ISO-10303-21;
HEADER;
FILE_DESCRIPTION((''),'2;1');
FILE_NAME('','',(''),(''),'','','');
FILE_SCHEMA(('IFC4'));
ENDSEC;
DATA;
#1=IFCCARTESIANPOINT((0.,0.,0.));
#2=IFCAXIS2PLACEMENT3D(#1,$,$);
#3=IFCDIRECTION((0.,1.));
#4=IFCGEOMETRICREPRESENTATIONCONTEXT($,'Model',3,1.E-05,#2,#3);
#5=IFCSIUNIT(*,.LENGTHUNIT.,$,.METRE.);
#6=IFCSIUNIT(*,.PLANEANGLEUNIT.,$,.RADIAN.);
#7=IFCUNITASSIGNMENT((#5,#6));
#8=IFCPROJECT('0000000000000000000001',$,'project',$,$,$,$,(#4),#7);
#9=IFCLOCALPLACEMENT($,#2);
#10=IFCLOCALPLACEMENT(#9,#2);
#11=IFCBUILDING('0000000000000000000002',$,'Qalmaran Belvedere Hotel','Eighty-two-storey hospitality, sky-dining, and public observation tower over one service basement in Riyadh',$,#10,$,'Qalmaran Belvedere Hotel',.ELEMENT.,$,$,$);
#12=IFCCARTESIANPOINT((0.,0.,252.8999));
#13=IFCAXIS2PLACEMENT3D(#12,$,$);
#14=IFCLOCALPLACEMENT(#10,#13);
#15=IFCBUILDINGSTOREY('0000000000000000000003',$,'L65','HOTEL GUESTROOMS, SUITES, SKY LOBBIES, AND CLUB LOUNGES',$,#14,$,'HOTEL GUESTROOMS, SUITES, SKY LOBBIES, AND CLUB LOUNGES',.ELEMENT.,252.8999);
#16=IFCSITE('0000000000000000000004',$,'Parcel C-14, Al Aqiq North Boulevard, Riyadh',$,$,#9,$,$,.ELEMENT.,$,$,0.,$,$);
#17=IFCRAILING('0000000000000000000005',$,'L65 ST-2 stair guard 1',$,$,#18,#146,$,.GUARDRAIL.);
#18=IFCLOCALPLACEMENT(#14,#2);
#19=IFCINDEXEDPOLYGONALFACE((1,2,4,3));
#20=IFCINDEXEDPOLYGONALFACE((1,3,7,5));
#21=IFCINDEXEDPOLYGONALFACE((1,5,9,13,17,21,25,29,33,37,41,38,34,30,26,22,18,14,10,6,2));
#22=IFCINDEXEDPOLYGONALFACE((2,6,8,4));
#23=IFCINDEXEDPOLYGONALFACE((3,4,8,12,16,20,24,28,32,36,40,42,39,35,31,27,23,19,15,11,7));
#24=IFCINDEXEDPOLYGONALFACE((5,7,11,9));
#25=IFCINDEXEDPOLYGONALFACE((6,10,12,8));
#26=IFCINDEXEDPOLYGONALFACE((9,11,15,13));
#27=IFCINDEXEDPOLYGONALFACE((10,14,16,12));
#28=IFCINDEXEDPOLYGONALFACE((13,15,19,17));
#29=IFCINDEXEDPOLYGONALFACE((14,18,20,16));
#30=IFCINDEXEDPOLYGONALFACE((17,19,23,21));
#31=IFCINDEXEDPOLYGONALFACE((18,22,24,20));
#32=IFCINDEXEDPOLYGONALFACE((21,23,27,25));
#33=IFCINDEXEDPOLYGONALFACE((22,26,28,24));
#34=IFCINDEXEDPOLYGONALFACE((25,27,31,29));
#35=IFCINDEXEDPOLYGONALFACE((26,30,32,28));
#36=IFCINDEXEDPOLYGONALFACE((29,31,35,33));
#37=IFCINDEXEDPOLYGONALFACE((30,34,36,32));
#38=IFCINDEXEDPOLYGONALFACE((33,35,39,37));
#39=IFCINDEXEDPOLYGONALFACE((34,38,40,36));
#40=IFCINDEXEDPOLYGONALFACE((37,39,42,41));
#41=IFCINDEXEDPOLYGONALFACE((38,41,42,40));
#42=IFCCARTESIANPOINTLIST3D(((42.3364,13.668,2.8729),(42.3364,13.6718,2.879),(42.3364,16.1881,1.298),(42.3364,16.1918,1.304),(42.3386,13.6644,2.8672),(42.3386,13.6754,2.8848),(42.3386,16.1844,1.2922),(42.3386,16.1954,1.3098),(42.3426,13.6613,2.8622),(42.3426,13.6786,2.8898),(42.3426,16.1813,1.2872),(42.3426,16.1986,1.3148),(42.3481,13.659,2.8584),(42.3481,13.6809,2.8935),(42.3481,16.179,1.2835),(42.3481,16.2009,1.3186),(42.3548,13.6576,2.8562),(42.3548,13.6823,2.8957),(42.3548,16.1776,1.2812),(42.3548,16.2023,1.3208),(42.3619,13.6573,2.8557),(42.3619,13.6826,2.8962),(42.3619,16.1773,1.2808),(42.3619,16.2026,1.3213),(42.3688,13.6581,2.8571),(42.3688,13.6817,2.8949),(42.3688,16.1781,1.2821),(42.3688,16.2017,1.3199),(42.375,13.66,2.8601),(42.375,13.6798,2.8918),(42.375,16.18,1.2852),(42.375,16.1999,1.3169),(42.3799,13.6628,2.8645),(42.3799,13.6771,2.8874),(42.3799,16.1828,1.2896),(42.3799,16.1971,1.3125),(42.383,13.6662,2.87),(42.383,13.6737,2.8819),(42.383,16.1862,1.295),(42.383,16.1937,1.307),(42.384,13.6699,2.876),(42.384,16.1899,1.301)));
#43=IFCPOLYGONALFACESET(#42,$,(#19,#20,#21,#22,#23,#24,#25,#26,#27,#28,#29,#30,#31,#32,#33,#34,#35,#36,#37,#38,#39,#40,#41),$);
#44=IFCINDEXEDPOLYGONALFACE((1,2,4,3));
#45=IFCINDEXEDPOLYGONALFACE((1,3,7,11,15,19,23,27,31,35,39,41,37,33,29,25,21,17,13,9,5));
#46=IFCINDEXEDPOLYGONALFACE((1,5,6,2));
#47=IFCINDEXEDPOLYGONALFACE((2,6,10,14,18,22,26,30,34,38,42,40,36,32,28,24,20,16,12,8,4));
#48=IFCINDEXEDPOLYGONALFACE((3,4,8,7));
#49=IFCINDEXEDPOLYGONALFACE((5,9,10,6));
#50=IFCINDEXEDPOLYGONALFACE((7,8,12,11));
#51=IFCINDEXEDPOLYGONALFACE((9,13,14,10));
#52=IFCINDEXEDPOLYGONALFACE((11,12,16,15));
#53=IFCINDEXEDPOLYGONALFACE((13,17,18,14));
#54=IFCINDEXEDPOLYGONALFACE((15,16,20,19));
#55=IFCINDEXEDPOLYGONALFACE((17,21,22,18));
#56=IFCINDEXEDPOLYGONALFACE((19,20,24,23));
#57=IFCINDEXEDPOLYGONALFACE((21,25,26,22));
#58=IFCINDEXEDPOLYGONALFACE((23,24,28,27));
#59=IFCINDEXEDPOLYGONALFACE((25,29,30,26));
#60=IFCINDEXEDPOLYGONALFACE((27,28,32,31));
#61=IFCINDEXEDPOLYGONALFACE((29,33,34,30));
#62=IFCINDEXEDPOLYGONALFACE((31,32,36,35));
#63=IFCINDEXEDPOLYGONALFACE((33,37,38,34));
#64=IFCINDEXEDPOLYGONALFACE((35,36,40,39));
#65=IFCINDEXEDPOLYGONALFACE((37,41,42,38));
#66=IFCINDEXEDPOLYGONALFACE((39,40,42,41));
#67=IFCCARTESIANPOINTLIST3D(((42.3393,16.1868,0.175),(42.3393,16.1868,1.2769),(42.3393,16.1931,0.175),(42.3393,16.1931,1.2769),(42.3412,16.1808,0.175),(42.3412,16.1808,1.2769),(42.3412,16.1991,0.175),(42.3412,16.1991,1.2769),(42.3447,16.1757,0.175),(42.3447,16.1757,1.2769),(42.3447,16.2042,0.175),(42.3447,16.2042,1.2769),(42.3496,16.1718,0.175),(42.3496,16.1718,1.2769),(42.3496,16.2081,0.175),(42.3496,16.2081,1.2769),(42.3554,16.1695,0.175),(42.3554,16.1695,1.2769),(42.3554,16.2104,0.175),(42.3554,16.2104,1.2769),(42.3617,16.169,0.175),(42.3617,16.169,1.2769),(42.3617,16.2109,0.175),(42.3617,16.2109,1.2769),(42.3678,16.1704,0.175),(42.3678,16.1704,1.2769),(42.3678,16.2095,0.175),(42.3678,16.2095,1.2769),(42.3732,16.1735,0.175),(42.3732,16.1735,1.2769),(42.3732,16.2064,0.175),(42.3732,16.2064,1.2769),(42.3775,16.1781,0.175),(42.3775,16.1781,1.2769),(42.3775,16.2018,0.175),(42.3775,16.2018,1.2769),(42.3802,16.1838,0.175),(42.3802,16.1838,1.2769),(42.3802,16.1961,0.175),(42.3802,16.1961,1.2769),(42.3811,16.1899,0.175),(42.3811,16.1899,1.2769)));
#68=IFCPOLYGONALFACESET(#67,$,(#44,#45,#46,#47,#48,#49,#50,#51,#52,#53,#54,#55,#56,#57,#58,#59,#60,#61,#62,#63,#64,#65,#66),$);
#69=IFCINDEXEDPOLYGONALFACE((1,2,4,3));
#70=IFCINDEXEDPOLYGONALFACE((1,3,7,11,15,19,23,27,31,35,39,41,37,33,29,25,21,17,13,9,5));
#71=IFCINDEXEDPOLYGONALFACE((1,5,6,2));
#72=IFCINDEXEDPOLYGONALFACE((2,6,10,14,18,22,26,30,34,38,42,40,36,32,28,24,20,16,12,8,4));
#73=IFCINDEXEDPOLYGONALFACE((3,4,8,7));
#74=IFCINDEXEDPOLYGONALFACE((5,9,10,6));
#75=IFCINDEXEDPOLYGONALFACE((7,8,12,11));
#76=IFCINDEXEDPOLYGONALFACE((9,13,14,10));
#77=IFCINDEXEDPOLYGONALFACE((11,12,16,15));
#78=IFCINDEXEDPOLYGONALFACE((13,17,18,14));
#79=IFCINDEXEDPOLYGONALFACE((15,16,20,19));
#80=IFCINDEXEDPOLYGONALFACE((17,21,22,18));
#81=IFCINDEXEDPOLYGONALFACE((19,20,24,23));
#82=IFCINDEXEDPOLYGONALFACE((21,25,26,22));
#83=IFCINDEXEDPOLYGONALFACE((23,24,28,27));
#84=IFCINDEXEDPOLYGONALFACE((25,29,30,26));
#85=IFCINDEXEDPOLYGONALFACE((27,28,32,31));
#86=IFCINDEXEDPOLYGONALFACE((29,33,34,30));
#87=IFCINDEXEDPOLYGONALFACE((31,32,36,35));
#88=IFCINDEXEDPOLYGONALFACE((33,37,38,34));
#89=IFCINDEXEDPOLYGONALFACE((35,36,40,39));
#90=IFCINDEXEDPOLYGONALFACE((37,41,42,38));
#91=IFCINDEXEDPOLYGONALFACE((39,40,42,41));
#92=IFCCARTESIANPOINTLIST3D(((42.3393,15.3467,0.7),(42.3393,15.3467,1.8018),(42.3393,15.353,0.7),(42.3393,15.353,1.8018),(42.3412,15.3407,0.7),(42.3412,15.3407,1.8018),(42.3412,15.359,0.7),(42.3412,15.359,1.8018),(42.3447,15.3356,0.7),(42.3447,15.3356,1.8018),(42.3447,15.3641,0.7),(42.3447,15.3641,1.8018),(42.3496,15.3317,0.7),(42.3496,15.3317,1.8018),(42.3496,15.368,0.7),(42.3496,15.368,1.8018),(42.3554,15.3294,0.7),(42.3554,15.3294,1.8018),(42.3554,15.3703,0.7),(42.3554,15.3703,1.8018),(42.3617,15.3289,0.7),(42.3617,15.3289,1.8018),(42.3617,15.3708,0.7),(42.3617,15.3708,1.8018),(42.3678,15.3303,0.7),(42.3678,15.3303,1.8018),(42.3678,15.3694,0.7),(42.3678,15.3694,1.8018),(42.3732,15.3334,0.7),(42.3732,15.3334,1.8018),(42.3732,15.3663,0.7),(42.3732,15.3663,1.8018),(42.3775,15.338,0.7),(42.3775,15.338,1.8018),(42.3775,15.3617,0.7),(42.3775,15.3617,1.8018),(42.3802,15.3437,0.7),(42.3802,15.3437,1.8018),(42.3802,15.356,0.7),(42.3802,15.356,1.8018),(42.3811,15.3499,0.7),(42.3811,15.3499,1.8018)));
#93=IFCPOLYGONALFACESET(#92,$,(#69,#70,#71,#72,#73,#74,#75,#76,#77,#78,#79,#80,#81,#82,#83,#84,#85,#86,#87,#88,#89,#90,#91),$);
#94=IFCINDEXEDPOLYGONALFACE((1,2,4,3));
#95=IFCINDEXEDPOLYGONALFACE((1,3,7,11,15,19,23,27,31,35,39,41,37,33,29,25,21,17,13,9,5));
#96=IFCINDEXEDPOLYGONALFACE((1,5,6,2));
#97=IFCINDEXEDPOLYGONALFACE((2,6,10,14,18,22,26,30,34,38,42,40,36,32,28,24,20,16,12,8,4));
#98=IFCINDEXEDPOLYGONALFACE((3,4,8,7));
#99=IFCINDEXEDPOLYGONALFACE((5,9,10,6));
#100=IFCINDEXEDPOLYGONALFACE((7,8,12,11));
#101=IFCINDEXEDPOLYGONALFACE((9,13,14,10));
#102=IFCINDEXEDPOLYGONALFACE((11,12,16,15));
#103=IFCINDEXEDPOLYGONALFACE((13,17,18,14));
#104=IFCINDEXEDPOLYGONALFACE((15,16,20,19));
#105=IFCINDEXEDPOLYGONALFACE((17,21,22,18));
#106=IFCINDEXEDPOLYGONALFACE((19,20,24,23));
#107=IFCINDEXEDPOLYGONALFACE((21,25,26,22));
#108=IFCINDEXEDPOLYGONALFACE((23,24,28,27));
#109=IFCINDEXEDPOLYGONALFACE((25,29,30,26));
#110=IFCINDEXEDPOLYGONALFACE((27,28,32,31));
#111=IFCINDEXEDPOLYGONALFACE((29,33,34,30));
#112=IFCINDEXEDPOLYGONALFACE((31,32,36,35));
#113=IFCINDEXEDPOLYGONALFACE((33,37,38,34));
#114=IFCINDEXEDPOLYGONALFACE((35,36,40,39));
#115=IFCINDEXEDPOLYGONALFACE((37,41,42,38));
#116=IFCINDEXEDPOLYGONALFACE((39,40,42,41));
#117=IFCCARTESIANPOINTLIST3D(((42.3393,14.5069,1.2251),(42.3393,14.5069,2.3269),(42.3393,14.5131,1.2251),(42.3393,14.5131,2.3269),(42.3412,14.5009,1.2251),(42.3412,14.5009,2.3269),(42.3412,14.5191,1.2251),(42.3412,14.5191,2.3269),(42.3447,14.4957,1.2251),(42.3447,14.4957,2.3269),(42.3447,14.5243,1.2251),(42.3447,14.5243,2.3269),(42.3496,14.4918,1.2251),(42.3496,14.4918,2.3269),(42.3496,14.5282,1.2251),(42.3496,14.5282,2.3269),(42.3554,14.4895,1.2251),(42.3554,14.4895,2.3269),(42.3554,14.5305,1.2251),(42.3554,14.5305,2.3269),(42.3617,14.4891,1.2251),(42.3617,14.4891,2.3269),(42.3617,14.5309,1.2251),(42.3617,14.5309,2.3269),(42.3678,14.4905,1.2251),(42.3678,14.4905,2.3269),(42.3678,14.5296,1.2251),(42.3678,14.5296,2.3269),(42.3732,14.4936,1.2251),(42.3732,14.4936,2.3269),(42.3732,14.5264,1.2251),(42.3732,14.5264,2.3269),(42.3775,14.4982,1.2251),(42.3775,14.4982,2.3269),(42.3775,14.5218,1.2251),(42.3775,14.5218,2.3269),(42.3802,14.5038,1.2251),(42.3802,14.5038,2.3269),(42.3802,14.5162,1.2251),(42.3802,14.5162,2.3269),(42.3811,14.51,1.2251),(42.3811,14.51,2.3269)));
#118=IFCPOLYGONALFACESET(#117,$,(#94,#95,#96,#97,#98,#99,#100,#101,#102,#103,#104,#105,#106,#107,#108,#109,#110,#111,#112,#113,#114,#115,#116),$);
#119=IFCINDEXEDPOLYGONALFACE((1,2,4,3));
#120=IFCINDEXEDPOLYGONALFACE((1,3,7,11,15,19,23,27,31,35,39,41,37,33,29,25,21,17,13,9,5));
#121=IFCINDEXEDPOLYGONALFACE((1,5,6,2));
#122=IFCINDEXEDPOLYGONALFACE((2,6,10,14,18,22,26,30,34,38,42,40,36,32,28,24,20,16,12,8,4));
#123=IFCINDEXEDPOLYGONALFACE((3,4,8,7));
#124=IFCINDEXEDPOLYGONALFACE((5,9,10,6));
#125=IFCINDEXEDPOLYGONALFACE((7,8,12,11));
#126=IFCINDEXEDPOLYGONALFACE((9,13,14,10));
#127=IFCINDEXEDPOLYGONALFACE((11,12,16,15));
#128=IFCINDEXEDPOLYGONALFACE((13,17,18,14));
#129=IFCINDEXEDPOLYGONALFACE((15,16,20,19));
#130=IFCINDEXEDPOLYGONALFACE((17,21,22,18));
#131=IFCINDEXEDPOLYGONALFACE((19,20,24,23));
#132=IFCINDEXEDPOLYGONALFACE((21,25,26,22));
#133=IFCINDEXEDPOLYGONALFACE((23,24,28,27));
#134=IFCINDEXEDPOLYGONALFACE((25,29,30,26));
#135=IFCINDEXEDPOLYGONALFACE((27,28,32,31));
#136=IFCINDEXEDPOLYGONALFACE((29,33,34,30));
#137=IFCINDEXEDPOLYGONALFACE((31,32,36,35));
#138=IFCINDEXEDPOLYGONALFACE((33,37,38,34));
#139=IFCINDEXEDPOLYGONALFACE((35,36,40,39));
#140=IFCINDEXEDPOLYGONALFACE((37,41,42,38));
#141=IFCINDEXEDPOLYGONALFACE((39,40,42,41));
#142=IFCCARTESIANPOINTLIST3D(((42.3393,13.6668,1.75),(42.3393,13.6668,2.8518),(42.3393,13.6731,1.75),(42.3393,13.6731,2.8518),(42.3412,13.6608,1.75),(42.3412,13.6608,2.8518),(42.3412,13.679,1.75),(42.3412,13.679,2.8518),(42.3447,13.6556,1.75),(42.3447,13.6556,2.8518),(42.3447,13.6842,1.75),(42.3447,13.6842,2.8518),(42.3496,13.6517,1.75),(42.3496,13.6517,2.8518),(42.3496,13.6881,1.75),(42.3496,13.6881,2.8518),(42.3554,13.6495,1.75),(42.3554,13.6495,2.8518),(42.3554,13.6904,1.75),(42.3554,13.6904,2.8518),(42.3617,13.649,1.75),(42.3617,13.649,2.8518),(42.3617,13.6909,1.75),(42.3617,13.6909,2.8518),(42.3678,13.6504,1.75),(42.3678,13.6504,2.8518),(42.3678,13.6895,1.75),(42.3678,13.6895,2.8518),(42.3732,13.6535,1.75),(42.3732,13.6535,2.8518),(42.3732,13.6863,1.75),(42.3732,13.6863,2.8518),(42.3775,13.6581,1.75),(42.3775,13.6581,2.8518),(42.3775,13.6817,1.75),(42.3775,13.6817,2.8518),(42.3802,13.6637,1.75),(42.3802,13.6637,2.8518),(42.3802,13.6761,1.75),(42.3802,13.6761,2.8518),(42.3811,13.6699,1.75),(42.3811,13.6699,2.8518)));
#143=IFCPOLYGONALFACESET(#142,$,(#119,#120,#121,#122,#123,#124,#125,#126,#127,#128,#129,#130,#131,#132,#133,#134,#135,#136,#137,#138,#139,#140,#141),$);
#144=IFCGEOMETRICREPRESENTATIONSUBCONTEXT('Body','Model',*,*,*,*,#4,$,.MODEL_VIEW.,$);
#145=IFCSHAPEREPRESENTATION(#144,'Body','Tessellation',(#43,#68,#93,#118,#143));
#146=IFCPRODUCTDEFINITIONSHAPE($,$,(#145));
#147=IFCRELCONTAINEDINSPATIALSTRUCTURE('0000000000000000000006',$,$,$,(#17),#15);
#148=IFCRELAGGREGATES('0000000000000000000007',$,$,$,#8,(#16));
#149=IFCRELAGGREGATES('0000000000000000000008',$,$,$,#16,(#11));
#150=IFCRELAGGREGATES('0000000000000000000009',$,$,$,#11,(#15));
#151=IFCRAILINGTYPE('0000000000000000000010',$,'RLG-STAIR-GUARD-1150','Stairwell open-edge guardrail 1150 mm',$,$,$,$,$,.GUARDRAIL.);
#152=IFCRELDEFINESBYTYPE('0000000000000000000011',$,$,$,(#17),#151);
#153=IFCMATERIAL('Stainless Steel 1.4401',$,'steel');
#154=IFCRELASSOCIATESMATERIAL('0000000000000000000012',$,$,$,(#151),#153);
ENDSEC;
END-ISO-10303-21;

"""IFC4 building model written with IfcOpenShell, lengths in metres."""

from ifc_helpers import new_model, si_unit, direction, frame, origin, origin_2d, place, context, subcontext, project, spatial, circle, extrude, material, type_object, element, save


model = new_model("IFC4")

# Units and contexts
model_context = context("Model", 3, precision=1e-05, world=origin(), true_north=direction((0.0, 1.0)))
body_context = subcontext(model_context, "Body", "Model", "MODEL_VIEW")
ifc_project = project(units=[si_unit("LENGTHUNIT", "METRE"), si_unit("PLANEANGLEUNIT", "RADIAN")], contexts=[model_context])

# Site, building, storey
site_placement = place(None, origin())
site = spatial("IfcSite", under=ifc_project, at=site_placement, Name="Parcel C-14, Al Aqiq North Boulevard, Riyadh", CompositionType="ELEMENT", RefElevation=0.0)
building_placement = place(site_placement, origin())
building = spatial("IfcBuilding", under=site, at=building_placement, Name="Qalmaran Belvedere Hotel", Description="Eighty-two-storey hospitality, sky-dining, and public observation tower over one service basement in Riyadh", LongName="Qalmaran Belvedere Hotel", CompositionType="ELEMENT")
storey_placement = place(building_placement, frame((0.0, 0.0, 252.8999)))
storey = spatial("IfcBuildingStorey", under=building, at=storey_placement, Name="L65", Description="HOTEL GUESTROOMS, SUITES, SKY LOBBIES, AND CLUB LOUNGES", LongName="HOTEL GUESTROOMS, SUITES, SKY LOBBIES, AND CLUB LOUNGES", CompositionType="ELEMENT", Elevation=252.8999)

# Railing
ifc_material_1 = material(Name="Stainless Steel 1.4401", Category="steel")
railing_type_1 = type_object("IfcRailingType", Name="RLG-STAIR-GUARD-1150", Description="Stairwell open-edge guardrail 1150 mm", PredefinedType="GUARDRAIL", material=ifc_material_1)
railing_1_placement = place(storey_placement, frame((42.3601, 16.1899, 0.175)))
element("IfcRailing", 1, at=railing_1_placement, inside=storey, type_object=railing_type_1, Name="L65 ST-2 stair guard 1", PredefinedType="GUARDRAIL", context=body_context, shape_type="SweptSolid", body=[
    extrude(circle(Radius=0.0239, at=origin_2d()), frame((0.0, 0.0, 1.126), z_axis=(0.0, -0.848008, 0.529984), x_axis=(1.0, 0.0, 0.0)), (0.0, 0.0, 1.0), 2.9717),
    extrude(circle(Radius=0.021, at=origin_2d()), origin(), (0.0, 0.0, 1.0), 1.1018),
    extrude(circle(Radius=0.021, at=origin_2d()), frame((0.0, -0.8401, 0.5249)), (0.0, 0.0, 1.0), 1.1018),
    extrude(circle(Radius=0.021, at=origin_2d()), frame((0.0, -1.6799, 1.05)), (0.0, 0.0, 1.0), 1.1018),
    extrude(circle(Radius=0.021, at=origin_2d()), frame((0.0, -2.52, 1.575)), (0.0, 0.0, 1.0), 1.1018),
])

save(model, "model.ifc")
